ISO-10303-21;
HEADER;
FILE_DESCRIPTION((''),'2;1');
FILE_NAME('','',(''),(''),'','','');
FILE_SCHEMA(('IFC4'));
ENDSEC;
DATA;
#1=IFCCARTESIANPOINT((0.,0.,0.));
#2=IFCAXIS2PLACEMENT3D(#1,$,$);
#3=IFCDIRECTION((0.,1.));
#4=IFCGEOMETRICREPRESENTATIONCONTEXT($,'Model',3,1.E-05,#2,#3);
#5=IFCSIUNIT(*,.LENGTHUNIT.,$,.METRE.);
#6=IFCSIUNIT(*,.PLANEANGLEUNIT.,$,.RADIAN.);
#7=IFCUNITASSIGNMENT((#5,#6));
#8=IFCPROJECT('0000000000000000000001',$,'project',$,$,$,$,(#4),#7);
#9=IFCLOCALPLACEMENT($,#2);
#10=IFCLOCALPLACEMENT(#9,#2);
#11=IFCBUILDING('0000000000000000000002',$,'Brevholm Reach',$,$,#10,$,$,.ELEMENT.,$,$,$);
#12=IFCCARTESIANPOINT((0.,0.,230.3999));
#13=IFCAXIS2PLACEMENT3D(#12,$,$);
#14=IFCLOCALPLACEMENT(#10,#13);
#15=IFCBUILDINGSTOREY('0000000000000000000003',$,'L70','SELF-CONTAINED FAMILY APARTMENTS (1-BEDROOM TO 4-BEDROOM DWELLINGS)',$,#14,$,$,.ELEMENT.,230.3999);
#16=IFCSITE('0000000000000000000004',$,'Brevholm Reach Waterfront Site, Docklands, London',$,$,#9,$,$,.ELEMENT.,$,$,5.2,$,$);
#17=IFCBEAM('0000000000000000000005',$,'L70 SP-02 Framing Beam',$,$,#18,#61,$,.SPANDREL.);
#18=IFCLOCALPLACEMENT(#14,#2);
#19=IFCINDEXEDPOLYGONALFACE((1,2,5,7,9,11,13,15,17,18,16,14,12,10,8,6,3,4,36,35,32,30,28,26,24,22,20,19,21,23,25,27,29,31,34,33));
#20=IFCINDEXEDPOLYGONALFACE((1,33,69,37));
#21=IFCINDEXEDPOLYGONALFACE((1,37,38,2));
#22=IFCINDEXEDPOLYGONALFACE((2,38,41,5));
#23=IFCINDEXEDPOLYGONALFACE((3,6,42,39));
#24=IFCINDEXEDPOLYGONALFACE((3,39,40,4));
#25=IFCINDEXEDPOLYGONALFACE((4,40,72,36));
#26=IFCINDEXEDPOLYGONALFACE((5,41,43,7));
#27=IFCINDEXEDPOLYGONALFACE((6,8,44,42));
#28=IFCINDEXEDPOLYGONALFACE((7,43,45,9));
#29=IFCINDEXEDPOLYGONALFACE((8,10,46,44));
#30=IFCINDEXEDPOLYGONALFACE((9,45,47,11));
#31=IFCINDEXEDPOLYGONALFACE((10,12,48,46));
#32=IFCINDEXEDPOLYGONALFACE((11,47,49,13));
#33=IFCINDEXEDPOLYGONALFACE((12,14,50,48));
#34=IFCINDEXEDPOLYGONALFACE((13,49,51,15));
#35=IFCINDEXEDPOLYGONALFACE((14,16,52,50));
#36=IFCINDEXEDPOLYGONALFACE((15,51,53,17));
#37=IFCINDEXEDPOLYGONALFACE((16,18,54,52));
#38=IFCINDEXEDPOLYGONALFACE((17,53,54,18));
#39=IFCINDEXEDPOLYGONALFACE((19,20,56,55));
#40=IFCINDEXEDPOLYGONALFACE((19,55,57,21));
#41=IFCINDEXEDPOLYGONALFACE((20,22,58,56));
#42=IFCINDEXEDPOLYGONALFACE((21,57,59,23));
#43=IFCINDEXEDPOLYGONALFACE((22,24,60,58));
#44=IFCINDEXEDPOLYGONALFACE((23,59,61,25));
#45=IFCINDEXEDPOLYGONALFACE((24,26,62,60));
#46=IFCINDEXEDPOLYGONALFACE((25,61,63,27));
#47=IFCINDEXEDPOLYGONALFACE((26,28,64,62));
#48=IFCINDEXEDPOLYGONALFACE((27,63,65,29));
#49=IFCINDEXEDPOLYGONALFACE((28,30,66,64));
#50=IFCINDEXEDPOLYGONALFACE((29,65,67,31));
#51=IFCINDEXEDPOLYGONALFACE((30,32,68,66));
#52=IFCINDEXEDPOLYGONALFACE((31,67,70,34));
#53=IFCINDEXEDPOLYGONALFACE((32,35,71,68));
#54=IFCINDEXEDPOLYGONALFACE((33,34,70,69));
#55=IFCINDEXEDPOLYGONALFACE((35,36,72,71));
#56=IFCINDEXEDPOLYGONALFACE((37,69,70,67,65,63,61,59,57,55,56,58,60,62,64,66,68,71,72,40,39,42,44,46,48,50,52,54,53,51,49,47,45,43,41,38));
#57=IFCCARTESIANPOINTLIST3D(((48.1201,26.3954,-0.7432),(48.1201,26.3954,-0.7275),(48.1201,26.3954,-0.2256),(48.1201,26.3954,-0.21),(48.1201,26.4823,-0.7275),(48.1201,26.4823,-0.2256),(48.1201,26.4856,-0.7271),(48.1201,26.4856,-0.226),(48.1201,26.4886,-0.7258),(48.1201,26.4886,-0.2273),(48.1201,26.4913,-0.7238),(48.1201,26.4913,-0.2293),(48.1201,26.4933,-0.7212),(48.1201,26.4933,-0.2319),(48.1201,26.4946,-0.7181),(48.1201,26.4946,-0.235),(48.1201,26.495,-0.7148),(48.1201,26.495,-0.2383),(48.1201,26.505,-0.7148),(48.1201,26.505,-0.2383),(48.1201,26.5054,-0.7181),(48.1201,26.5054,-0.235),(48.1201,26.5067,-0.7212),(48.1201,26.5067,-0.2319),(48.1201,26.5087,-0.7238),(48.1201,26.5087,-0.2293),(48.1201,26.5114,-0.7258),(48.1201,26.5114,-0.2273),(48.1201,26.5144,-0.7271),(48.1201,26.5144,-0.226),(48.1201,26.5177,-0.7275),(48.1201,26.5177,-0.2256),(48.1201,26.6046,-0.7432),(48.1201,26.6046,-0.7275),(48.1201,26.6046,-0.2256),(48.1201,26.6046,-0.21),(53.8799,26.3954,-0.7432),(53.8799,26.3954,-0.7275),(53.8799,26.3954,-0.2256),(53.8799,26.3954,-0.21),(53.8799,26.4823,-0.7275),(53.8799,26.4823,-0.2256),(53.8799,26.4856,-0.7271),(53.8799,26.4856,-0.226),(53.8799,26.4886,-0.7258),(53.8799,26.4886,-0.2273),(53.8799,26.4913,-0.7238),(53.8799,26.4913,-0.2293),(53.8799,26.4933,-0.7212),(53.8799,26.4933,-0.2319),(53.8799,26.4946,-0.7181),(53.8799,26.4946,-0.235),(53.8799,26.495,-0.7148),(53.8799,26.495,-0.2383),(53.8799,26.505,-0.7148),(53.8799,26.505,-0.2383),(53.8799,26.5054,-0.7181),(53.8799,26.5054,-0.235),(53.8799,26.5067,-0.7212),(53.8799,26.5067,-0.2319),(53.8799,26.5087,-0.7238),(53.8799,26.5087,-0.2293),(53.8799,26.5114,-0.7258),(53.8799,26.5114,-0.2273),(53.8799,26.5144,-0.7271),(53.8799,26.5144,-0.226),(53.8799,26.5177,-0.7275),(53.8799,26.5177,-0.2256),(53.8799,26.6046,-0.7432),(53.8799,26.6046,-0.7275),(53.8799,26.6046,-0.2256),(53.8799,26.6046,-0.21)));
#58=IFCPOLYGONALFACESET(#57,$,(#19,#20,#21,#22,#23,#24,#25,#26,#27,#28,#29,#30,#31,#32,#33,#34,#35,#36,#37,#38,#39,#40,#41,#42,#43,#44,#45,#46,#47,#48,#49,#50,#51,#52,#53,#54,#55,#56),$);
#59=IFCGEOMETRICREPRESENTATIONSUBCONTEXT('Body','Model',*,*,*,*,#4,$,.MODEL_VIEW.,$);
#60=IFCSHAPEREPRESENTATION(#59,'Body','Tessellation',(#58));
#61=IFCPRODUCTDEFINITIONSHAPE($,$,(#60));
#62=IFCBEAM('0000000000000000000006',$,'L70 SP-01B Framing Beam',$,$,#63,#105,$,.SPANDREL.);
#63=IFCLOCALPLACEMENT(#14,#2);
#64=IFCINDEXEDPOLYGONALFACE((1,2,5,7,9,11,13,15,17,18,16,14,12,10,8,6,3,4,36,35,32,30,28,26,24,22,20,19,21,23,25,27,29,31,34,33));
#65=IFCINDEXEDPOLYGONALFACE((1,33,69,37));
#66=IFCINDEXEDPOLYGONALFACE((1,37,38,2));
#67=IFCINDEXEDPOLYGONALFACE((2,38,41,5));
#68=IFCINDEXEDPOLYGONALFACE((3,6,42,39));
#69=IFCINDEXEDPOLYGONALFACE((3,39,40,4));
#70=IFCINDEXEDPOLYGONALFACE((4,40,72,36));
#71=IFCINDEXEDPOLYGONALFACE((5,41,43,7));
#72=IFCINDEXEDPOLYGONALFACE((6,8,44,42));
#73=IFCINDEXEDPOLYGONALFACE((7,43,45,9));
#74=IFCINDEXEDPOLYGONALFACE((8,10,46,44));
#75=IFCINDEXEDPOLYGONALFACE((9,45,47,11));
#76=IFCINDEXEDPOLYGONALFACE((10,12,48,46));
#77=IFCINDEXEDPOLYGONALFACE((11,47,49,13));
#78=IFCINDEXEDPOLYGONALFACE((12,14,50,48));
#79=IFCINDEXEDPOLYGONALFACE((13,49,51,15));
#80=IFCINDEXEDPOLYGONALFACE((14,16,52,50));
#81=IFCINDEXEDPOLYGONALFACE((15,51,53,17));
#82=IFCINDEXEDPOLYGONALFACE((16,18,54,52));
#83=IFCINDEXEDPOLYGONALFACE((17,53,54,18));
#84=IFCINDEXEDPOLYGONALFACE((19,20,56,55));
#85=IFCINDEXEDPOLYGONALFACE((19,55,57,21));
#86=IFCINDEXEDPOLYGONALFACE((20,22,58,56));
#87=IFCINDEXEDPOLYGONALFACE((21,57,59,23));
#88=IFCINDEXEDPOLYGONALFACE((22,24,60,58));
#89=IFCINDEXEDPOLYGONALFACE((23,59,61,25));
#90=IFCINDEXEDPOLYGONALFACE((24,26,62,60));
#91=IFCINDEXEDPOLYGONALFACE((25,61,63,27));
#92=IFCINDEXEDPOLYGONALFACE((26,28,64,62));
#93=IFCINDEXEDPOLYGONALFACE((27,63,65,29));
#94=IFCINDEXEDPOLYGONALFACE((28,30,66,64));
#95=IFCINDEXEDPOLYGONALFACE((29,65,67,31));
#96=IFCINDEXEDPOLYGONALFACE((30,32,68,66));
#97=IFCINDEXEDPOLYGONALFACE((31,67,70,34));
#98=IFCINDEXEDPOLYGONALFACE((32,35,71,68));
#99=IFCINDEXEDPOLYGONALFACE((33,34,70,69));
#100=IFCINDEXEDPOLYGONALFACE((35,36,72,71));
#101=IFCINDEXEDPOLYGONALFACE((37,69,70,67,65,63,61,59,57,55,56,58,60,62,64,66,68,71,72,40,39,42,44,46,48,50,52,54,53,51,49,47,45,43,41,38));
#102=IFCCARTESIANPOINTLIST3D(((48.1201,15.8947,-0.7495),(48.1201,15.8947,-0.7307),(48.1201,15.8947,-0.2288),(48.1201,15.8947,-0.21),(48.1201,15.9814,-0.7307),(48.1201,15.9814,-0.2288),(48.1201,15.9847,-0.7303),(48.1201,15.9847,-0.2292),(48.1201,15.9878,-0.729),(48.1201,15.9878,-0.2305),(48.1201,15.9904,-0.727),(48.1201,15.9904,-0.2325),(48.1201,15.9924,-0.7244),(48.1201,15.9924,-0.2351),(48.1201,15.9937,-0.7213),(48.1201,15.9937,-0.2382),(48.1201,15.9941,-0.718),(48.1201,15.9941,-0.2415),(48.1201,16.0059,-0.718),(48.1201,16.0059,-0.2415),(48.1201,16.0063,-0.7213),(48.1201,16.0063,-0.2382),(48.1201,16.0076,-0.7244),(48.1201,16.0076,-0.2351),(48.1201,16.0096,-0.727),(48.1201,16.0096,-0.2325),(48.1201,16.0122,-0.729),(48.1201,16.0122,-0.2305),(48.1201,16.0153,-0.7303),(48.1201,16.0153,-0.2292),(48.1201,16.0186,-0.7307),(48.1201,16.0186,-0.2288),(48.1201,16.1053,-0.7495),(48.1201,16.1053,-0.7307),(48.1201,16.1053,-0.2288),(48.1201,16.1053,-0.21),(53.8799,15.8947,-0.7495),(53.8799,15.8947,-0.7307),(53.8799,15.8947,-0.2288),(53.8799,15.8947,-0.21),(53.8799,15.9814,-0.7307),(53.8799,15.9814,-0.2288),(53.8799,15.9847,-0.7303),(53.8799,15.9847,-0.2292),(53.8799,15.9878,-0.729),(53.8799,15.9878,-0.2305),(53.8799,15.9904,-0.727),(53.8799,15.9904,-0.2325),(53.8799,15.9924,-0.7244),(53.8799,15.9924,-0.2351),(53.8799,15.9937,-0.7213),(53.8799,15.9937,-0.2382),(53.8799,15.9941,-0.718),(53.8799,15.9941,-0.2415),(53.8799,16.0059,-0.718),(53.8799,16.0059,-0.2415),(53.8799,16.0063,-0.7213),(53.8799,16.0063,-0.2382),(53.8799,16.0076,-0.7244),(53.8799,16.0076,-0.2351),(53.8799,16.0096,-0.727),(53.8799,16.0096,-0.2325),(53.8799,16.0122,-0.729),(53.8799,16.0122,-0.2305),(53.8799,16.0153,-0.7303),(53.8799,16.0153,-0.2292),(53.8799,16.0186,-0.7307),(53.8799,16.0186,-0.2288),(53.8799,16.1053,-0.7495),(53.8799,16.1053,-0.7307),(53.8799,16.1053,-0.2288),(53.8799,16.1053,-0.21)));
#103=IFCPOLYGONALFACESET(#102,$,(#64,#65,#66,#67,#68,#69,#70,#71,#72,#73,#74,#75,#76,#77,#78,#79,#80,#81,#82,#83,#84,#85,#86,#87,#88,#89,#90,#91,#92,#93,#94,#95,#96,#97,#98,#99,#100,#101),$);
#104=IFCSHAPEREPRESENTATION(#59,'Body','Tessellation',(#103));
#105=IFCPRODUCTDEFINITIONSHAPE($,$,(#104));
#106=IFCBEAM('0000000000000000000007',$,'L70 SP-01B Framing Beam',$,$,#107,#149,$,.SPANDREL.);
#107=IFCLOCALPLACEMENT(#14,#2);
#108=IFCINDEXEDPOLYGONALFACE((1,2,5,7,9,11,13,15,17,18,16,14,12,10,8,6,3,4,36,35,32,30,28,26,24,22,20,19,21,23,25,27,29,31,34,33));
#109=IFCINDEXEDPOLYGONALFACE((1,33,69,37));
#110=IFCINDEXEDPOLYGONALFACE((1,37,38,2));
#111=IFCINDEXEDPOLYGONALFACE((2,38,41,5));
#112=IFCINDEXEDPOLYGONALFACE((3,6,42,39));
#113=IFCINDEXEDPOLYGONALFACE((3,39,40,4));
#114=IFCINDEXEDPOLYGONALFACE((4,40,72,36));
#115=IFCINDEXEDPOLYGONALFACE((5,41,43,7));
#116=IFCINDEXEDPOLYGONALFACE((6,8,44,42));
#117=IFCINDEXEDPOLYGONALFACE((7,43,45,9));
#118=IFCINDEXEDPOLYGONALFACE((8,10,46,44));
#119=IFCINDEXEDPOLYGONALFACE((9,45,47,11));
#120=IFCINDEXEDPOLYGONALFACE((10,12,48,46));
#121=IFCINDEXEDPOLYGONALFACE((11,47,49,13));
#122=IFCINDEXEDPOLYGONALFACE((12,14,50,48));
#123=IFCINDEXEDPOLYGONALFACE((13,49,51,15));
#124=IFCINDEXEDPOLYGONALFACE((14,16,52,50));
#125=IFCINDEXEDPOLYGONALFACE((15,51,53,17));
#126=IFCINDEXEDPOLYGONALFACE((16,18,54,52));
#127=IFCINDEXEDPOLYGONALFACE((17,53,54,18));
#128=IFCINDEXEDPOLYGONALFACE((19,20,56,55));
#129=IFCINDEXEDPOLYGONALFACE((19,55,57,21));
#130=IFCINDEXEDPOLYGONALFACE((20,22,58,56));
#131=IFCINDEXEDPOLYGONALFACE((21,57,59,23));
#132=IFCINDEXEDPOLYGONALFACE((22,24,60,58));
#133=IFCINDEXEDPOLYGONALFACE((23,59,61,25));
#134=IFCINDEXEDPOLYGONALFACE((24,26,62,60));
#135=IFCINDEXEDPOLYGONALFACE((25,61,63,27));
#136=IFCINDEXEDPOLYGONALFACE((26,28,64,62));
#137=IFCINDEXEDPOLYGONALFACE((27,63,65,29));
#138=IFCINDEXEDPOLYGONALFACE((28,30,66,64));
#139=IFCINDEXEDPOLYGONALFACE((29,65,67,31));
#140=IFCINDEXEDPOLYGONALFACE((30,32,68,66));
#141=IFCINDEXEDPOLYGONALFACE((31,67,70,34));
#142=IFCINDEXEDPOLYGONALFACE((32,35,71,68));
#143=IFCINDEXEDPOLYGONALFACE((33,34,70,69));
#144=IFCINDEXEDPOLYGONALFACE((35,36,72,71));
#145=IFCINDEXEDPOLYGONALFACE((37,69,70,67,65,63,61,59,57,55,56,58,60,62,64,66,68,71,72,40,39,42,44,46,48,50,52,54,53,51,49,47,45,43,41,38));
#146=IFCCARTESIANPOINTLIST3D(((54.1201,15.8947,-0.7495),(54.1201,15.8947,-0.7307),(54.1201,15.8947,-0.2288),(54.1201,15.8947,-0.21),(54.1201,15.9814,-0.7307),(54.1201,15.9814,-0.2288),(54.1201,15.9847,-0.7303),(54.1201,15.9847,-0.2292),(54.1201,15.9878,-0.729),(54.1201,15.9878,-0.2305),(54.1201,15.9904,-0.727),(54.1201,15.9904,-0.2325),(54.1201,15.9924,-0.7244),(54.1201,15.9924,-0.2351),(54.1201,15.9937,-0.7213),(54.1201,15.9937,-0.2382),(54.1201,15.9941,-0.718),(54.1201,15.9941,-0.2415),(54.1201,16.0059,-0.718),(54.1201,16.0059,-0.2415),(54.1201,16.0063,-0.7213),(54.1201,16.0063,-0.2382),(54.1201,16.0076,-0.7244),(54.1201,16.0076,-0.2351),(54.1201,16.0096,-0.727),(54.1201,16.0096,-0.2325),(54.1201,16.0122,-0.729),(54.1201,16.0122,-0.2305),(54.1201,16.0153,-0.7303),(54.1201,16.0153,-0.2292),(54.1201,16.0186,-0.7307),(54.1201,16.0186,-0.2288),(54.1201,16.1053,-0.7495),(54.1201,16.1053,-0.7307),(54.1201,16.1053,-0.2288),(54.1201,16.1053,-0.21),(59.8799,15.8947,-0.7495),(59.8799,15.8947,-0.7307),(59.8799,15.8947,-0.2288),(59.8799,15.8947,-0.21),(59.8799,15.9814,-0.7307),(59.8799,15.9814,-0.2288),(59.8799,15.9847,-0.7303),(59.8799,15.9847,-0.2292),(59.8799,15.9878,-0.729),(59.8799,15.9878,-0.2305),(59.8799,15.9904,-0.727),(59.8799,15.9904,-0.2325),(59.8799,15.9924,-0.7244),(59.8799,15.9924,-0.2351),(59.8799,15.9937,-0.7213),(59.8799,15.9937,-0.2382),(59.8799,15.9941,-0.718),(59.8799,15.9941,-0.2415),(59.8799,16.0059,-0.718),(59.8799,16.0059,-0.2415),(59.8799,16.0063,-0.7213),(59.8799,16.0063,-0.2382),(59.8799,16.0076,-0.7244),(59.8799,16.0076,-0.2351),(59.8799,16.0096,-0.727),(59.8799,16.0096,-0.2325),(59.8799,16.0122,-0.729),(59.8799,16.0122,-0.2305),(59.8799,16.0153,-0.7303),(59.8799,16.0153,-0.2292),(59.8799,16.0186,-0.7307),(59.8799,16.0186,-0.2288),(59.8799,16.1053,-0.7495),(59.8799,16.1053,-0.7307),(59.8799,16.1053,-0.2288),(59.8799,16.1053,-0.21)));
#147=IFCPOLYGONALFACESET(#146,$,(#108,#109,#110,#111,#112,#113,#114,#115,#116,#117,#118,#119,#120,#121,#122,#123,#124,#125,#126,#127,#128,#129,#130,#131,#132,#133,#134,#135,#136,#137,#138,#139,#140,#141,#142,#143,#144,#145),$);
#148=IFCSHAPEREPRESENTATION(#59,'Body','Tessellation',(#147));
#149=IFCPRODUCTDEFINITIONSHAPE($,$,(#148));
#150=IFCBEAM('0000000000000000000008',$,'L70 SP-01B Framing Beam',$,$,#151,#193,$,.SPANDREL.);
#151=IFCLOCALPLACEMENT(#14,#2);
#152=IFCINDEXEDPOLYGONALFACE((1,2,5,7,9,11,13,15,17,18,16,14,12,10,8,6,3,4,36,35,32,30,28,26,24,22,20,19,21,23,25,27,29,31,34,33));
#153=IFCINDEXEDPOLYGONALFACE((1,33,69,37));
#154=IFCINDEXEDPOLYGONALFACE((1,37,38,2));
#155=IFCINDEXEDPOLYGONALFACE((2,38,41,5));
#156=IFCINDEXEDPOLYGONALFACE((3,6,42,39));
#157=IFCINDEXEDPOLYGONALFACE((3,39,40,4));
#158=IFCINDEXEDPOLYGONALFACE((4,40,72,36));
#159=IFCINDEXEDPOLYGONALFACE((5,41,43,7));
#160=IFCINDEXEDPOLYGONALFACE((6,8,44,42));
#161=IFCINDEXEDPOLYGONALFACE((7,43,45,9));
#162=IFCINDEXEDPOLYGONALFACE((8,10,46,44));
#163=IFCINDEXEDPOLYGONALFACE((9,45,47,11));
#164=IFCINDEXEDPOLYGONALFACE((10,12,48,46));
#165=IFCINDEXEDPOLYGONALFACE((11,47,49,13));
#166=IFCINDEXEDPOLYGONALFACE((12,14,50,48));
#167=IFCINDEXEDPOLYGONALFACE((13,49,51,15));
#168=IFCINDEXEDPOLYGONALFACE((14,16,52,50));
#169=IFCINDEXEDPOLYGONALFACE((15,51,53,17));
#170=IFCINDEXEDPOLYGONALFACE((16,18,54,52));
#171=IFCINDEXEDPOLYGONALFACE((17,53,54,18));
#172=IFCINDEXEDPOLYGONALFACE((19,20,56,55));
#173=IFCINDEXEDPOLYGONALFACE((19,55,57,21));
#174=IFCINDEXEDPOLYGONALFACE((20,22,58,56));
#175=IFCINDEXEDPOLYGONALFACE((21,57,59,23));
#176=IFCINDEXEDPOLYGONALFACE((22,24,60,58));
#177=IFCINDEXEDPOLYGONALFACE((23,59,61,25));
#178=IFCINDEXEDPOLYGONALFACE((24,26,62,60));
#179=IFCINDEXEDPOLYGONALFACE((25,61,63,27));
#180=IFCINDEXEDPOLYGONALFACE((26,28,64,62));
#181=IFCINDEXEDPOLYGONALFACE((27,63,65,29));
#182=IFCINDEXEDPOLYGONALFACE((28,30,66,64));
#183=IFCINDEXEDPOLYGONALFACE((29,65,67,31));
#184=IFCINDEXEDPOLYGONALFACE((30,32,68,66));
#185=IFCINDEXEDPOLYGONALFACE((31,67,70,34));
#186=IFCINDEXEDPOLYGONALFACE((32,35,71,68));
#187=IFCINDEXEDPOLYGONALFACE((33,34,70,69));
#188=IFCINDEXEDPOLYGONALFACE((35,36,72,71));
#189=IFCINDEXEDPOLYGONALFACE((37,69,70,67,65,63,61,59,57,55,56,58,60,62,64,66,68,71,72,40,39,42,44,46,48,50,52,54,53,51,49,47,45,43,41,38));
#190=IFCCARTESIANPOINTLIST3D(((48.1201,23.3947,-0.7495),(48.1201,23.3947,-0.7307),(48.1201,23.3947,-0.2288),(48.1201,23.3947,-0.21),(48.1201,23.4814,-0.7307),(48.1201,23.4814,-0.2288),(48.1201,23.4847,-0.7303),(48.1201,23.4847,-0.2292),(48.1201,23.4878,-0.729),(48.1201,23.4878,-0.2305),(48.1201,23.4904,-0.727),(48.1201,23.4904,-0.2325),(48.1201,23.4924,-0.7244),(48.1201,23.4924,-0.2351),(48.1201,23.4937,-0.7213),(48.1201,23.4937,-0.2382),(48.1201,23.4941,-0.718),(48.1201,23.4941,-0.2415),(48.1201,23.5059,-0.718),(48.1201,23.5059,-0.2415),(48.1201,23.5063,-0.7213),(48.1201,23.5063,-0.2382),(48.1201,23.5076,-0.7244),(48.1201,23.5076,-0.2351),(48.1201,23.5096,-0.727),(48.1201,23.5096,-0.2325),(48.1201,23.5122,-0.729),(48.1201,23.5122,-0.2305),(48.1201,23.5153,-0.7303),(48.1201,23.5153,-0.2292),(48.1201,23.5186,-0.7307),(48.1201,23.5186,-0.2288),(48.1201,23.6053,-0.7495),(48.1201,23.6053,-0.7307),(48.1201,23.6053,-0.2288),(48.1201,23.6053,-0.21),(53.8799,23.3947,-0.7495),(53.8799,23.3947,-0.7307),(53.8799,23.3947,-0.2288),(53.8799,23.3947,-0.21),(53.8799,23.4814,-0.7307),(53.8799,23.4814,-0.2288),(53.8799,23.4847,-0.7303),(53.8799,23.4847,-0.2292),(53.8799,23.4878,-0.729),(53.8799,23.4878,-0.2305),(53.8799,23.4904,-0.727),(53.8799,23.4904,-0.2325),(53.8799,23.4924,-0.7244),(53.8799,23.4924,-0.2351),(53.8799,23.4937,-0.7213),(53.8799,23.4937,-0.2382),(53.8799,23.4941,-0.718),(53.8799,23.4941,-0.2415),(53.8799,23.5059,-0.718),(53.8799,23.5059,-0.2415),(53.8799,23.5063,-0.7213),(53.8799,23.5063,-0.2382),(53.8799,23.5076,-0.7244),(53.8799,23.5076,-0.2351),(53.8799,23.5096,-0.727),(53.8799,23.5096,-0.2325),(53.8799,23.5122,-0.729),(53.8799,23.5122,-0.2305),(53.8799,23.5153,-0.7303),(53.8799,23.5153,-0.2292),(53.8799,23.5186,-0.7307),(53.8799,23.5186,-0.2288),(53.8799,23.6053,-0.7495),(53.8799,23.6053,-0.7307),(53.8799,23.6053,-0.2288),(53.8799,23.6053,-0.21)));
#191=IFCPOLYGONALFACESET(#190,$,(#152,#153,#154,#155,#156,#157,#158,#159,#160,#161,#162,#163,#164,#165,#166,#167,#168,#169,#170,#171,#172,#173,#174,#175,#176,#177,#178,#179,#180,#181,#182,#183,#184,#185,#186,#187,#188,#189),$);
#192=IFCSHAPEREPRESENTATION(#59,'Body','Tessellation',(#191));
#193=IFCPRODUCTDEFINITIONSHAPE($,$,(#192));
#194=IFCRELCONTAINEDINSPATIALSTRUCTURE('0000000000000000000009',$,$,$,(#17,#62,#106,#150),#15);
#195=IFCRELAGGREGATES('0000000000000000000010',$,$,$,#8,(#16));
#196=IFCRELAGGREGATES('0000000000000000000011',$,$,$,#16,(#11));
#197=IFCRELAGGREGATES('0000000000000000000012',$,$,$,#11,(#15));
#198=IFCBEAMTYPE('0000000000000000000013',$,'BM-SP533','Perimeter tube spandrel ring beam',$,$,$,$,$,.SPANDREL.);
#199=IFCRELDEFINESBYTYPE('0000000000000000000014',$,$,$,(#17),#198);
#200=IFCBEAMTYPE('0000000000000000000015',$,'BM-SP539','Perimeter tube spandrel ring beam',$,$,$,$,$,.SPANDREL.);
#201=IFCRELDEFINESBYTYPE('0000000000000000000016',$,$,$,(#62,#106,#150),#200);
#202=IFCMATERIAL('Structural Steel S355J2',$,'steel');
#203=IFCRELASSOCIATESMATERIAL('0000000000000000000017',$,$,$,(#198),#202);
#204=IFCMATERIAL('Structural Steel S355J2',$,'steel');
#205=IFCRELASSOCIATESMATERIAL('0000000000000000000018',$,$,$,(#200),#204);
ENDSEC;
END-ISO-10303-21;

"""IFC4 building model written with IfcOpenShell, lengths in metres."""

from ifc_helpers import new_model, si_unit, direction, frame, origin, origin_2d, place, context, subcontext, project, spatial, i_section, extrude, material, material_profile, profile_set, type_object, element, save


model = new_model("IFC4")

# Units and contexts
model_context = context("Model", 3, precision=1e-05, world=origin(), true_north=direction((0.0, 1.0)))
body_context = subcontext(model_context, "Body", "Model", "MODEL_VIEW")
ifc_project = project(units=[si_unit("LENGTHUNIT", "METRE"), si_unit("PLANEANGLEUNIT", "RADIAN")], contexts=[model_context])

# Site, building, storey
site_placement = place(None, origin())
site = spatial("IfcSite", under=ifc_project, at=site_placement, Name="Brevholm Reach Waterfront Site, Docklands, London", CompositionType="ELEMENT", RefElevation=5.2)
building_placement = place(site_placement, origin())
building = spatial("IfcBuilding", under=site, at=building_placement, Name="Brevholm Reach", CompositionType="ELEMENT")
storey_placement = place(building_placement, frame((0.0, 0.0, 230.3999)))
storey = spatial("IfcBuildingStorey", under=building, at=storey_placement, Name="L70", Description="SELF-CONTAINED FAMILY APARTMENTS (1-BEDROOM TO 4-BEDROOM DWELLINGS)", CompositionType="ELEMENT", Elevation=230.3999)

# Beams
ifc_material_1 = material(Name="Structural Steel S355J2", Category="steel")
ifc_material_profile_1 = material_profile(ifc_material_1, i_section(OverallWidth=0.2092, OverallDepth=0.5332, WebThickness=0.01, FlangeThickness=0.0156, FilletRadius=0.0127, at=origin_2d()), Name="UKB 533x210x92")
ifc_profile_set_1 = profile_set([ifc_material_profile_1], Name="Structural Steel S355J2")
beam_type_1 = type_object("IfcBeamType", Name="BM-SP533", Description="Perimeter tube spandrel ring beam", PredefinedType="SPANDREL", material=ifc_profile_set_1)
beam_1_placement = place(storey_placement, frame((48.1201, 26.5, -0.4766), z_axis=(1.0, 0.0, 0.0), x_axis=(0.0, 1.0, 0.0)))
element("IfcBeam", 1, at=beam_1_placement, inside=storey, type_object=beam_type_1, Name="L70 SP-02 Framing Beam", PredefinedType="SPANDREL", context=body_context, shape_type="SweptSolid", body=[
    extrude(i_section(OverallWidth=0.2092, OverallDepth=0.5332, WebThickness=0.01, FlangeThickness=0.0156, FilletRadius=0.0127, at=origin_2d()), origin(), (0.0, 0.0, 1.0), 5.7598),
])
ifc_material_2 = material(Name="Structural Steel S355J2", Category="steel")
ifc_material_profile_2 = material_profile(ifc_material_2, i_section(OverallWidth=0.2107, OverallDepth=0.5396, WebThickness=0.0117, FlangeThickness=0.0188, FilletRadius=0.0127, at=origin_2d()), Name="UKB 533x210x109")
ifc_profile_set_2 = profile_set([ifc_material_profile_2], Name="Structural Steel S355J2")
beam_type_2 = type_object("IfcBeamType", Name="BM-SP539", Description="Perimeter tube spandrel ring beam", PredefinedType="SPANDREL", material=ifc_profile_set_2)
for number, where, z_axis, x_axis, name in (
    (2, (48.1201, 16.0, -0.4797), (1.0, 0.0, 0.0), (0.0, 1.0, 0.0), "L70 SP-01B Framing Beam"),
    (3, (54.1201, 16.0, -0.4797), (1.0, 0.0, 0.0), (0.0, 1.0, 0.0), "L70 SP-01B Framing Beam"),
    (4, (48.1201, 23.5, -0.4797), (1.0, 0.0, 0.0), (0.0, 1.0, 0.0), "L70 SP-01B Framing Beam"),
):
    element("IfcBeam", number, at=place(storey_placement, frame(where, z_axis=z_axis, x_axis=x_axis)), inside=storey, type_object=beam_type_2, Name=name, PredefinedType="SPANDREL", context=body_context, shape_type="SweptSolid", body=[
        extrude(i_section(OverallWidth=0.2107, OverallDepth=0.5396, WebThickness=0.0117, FlangeThickness=0.0188, FilletRadius=0.0127, at=origin_2d()), origin(), (0.0, 0.0, 1.0), 5.7598),
    ])

save(model, "model.ifc")
